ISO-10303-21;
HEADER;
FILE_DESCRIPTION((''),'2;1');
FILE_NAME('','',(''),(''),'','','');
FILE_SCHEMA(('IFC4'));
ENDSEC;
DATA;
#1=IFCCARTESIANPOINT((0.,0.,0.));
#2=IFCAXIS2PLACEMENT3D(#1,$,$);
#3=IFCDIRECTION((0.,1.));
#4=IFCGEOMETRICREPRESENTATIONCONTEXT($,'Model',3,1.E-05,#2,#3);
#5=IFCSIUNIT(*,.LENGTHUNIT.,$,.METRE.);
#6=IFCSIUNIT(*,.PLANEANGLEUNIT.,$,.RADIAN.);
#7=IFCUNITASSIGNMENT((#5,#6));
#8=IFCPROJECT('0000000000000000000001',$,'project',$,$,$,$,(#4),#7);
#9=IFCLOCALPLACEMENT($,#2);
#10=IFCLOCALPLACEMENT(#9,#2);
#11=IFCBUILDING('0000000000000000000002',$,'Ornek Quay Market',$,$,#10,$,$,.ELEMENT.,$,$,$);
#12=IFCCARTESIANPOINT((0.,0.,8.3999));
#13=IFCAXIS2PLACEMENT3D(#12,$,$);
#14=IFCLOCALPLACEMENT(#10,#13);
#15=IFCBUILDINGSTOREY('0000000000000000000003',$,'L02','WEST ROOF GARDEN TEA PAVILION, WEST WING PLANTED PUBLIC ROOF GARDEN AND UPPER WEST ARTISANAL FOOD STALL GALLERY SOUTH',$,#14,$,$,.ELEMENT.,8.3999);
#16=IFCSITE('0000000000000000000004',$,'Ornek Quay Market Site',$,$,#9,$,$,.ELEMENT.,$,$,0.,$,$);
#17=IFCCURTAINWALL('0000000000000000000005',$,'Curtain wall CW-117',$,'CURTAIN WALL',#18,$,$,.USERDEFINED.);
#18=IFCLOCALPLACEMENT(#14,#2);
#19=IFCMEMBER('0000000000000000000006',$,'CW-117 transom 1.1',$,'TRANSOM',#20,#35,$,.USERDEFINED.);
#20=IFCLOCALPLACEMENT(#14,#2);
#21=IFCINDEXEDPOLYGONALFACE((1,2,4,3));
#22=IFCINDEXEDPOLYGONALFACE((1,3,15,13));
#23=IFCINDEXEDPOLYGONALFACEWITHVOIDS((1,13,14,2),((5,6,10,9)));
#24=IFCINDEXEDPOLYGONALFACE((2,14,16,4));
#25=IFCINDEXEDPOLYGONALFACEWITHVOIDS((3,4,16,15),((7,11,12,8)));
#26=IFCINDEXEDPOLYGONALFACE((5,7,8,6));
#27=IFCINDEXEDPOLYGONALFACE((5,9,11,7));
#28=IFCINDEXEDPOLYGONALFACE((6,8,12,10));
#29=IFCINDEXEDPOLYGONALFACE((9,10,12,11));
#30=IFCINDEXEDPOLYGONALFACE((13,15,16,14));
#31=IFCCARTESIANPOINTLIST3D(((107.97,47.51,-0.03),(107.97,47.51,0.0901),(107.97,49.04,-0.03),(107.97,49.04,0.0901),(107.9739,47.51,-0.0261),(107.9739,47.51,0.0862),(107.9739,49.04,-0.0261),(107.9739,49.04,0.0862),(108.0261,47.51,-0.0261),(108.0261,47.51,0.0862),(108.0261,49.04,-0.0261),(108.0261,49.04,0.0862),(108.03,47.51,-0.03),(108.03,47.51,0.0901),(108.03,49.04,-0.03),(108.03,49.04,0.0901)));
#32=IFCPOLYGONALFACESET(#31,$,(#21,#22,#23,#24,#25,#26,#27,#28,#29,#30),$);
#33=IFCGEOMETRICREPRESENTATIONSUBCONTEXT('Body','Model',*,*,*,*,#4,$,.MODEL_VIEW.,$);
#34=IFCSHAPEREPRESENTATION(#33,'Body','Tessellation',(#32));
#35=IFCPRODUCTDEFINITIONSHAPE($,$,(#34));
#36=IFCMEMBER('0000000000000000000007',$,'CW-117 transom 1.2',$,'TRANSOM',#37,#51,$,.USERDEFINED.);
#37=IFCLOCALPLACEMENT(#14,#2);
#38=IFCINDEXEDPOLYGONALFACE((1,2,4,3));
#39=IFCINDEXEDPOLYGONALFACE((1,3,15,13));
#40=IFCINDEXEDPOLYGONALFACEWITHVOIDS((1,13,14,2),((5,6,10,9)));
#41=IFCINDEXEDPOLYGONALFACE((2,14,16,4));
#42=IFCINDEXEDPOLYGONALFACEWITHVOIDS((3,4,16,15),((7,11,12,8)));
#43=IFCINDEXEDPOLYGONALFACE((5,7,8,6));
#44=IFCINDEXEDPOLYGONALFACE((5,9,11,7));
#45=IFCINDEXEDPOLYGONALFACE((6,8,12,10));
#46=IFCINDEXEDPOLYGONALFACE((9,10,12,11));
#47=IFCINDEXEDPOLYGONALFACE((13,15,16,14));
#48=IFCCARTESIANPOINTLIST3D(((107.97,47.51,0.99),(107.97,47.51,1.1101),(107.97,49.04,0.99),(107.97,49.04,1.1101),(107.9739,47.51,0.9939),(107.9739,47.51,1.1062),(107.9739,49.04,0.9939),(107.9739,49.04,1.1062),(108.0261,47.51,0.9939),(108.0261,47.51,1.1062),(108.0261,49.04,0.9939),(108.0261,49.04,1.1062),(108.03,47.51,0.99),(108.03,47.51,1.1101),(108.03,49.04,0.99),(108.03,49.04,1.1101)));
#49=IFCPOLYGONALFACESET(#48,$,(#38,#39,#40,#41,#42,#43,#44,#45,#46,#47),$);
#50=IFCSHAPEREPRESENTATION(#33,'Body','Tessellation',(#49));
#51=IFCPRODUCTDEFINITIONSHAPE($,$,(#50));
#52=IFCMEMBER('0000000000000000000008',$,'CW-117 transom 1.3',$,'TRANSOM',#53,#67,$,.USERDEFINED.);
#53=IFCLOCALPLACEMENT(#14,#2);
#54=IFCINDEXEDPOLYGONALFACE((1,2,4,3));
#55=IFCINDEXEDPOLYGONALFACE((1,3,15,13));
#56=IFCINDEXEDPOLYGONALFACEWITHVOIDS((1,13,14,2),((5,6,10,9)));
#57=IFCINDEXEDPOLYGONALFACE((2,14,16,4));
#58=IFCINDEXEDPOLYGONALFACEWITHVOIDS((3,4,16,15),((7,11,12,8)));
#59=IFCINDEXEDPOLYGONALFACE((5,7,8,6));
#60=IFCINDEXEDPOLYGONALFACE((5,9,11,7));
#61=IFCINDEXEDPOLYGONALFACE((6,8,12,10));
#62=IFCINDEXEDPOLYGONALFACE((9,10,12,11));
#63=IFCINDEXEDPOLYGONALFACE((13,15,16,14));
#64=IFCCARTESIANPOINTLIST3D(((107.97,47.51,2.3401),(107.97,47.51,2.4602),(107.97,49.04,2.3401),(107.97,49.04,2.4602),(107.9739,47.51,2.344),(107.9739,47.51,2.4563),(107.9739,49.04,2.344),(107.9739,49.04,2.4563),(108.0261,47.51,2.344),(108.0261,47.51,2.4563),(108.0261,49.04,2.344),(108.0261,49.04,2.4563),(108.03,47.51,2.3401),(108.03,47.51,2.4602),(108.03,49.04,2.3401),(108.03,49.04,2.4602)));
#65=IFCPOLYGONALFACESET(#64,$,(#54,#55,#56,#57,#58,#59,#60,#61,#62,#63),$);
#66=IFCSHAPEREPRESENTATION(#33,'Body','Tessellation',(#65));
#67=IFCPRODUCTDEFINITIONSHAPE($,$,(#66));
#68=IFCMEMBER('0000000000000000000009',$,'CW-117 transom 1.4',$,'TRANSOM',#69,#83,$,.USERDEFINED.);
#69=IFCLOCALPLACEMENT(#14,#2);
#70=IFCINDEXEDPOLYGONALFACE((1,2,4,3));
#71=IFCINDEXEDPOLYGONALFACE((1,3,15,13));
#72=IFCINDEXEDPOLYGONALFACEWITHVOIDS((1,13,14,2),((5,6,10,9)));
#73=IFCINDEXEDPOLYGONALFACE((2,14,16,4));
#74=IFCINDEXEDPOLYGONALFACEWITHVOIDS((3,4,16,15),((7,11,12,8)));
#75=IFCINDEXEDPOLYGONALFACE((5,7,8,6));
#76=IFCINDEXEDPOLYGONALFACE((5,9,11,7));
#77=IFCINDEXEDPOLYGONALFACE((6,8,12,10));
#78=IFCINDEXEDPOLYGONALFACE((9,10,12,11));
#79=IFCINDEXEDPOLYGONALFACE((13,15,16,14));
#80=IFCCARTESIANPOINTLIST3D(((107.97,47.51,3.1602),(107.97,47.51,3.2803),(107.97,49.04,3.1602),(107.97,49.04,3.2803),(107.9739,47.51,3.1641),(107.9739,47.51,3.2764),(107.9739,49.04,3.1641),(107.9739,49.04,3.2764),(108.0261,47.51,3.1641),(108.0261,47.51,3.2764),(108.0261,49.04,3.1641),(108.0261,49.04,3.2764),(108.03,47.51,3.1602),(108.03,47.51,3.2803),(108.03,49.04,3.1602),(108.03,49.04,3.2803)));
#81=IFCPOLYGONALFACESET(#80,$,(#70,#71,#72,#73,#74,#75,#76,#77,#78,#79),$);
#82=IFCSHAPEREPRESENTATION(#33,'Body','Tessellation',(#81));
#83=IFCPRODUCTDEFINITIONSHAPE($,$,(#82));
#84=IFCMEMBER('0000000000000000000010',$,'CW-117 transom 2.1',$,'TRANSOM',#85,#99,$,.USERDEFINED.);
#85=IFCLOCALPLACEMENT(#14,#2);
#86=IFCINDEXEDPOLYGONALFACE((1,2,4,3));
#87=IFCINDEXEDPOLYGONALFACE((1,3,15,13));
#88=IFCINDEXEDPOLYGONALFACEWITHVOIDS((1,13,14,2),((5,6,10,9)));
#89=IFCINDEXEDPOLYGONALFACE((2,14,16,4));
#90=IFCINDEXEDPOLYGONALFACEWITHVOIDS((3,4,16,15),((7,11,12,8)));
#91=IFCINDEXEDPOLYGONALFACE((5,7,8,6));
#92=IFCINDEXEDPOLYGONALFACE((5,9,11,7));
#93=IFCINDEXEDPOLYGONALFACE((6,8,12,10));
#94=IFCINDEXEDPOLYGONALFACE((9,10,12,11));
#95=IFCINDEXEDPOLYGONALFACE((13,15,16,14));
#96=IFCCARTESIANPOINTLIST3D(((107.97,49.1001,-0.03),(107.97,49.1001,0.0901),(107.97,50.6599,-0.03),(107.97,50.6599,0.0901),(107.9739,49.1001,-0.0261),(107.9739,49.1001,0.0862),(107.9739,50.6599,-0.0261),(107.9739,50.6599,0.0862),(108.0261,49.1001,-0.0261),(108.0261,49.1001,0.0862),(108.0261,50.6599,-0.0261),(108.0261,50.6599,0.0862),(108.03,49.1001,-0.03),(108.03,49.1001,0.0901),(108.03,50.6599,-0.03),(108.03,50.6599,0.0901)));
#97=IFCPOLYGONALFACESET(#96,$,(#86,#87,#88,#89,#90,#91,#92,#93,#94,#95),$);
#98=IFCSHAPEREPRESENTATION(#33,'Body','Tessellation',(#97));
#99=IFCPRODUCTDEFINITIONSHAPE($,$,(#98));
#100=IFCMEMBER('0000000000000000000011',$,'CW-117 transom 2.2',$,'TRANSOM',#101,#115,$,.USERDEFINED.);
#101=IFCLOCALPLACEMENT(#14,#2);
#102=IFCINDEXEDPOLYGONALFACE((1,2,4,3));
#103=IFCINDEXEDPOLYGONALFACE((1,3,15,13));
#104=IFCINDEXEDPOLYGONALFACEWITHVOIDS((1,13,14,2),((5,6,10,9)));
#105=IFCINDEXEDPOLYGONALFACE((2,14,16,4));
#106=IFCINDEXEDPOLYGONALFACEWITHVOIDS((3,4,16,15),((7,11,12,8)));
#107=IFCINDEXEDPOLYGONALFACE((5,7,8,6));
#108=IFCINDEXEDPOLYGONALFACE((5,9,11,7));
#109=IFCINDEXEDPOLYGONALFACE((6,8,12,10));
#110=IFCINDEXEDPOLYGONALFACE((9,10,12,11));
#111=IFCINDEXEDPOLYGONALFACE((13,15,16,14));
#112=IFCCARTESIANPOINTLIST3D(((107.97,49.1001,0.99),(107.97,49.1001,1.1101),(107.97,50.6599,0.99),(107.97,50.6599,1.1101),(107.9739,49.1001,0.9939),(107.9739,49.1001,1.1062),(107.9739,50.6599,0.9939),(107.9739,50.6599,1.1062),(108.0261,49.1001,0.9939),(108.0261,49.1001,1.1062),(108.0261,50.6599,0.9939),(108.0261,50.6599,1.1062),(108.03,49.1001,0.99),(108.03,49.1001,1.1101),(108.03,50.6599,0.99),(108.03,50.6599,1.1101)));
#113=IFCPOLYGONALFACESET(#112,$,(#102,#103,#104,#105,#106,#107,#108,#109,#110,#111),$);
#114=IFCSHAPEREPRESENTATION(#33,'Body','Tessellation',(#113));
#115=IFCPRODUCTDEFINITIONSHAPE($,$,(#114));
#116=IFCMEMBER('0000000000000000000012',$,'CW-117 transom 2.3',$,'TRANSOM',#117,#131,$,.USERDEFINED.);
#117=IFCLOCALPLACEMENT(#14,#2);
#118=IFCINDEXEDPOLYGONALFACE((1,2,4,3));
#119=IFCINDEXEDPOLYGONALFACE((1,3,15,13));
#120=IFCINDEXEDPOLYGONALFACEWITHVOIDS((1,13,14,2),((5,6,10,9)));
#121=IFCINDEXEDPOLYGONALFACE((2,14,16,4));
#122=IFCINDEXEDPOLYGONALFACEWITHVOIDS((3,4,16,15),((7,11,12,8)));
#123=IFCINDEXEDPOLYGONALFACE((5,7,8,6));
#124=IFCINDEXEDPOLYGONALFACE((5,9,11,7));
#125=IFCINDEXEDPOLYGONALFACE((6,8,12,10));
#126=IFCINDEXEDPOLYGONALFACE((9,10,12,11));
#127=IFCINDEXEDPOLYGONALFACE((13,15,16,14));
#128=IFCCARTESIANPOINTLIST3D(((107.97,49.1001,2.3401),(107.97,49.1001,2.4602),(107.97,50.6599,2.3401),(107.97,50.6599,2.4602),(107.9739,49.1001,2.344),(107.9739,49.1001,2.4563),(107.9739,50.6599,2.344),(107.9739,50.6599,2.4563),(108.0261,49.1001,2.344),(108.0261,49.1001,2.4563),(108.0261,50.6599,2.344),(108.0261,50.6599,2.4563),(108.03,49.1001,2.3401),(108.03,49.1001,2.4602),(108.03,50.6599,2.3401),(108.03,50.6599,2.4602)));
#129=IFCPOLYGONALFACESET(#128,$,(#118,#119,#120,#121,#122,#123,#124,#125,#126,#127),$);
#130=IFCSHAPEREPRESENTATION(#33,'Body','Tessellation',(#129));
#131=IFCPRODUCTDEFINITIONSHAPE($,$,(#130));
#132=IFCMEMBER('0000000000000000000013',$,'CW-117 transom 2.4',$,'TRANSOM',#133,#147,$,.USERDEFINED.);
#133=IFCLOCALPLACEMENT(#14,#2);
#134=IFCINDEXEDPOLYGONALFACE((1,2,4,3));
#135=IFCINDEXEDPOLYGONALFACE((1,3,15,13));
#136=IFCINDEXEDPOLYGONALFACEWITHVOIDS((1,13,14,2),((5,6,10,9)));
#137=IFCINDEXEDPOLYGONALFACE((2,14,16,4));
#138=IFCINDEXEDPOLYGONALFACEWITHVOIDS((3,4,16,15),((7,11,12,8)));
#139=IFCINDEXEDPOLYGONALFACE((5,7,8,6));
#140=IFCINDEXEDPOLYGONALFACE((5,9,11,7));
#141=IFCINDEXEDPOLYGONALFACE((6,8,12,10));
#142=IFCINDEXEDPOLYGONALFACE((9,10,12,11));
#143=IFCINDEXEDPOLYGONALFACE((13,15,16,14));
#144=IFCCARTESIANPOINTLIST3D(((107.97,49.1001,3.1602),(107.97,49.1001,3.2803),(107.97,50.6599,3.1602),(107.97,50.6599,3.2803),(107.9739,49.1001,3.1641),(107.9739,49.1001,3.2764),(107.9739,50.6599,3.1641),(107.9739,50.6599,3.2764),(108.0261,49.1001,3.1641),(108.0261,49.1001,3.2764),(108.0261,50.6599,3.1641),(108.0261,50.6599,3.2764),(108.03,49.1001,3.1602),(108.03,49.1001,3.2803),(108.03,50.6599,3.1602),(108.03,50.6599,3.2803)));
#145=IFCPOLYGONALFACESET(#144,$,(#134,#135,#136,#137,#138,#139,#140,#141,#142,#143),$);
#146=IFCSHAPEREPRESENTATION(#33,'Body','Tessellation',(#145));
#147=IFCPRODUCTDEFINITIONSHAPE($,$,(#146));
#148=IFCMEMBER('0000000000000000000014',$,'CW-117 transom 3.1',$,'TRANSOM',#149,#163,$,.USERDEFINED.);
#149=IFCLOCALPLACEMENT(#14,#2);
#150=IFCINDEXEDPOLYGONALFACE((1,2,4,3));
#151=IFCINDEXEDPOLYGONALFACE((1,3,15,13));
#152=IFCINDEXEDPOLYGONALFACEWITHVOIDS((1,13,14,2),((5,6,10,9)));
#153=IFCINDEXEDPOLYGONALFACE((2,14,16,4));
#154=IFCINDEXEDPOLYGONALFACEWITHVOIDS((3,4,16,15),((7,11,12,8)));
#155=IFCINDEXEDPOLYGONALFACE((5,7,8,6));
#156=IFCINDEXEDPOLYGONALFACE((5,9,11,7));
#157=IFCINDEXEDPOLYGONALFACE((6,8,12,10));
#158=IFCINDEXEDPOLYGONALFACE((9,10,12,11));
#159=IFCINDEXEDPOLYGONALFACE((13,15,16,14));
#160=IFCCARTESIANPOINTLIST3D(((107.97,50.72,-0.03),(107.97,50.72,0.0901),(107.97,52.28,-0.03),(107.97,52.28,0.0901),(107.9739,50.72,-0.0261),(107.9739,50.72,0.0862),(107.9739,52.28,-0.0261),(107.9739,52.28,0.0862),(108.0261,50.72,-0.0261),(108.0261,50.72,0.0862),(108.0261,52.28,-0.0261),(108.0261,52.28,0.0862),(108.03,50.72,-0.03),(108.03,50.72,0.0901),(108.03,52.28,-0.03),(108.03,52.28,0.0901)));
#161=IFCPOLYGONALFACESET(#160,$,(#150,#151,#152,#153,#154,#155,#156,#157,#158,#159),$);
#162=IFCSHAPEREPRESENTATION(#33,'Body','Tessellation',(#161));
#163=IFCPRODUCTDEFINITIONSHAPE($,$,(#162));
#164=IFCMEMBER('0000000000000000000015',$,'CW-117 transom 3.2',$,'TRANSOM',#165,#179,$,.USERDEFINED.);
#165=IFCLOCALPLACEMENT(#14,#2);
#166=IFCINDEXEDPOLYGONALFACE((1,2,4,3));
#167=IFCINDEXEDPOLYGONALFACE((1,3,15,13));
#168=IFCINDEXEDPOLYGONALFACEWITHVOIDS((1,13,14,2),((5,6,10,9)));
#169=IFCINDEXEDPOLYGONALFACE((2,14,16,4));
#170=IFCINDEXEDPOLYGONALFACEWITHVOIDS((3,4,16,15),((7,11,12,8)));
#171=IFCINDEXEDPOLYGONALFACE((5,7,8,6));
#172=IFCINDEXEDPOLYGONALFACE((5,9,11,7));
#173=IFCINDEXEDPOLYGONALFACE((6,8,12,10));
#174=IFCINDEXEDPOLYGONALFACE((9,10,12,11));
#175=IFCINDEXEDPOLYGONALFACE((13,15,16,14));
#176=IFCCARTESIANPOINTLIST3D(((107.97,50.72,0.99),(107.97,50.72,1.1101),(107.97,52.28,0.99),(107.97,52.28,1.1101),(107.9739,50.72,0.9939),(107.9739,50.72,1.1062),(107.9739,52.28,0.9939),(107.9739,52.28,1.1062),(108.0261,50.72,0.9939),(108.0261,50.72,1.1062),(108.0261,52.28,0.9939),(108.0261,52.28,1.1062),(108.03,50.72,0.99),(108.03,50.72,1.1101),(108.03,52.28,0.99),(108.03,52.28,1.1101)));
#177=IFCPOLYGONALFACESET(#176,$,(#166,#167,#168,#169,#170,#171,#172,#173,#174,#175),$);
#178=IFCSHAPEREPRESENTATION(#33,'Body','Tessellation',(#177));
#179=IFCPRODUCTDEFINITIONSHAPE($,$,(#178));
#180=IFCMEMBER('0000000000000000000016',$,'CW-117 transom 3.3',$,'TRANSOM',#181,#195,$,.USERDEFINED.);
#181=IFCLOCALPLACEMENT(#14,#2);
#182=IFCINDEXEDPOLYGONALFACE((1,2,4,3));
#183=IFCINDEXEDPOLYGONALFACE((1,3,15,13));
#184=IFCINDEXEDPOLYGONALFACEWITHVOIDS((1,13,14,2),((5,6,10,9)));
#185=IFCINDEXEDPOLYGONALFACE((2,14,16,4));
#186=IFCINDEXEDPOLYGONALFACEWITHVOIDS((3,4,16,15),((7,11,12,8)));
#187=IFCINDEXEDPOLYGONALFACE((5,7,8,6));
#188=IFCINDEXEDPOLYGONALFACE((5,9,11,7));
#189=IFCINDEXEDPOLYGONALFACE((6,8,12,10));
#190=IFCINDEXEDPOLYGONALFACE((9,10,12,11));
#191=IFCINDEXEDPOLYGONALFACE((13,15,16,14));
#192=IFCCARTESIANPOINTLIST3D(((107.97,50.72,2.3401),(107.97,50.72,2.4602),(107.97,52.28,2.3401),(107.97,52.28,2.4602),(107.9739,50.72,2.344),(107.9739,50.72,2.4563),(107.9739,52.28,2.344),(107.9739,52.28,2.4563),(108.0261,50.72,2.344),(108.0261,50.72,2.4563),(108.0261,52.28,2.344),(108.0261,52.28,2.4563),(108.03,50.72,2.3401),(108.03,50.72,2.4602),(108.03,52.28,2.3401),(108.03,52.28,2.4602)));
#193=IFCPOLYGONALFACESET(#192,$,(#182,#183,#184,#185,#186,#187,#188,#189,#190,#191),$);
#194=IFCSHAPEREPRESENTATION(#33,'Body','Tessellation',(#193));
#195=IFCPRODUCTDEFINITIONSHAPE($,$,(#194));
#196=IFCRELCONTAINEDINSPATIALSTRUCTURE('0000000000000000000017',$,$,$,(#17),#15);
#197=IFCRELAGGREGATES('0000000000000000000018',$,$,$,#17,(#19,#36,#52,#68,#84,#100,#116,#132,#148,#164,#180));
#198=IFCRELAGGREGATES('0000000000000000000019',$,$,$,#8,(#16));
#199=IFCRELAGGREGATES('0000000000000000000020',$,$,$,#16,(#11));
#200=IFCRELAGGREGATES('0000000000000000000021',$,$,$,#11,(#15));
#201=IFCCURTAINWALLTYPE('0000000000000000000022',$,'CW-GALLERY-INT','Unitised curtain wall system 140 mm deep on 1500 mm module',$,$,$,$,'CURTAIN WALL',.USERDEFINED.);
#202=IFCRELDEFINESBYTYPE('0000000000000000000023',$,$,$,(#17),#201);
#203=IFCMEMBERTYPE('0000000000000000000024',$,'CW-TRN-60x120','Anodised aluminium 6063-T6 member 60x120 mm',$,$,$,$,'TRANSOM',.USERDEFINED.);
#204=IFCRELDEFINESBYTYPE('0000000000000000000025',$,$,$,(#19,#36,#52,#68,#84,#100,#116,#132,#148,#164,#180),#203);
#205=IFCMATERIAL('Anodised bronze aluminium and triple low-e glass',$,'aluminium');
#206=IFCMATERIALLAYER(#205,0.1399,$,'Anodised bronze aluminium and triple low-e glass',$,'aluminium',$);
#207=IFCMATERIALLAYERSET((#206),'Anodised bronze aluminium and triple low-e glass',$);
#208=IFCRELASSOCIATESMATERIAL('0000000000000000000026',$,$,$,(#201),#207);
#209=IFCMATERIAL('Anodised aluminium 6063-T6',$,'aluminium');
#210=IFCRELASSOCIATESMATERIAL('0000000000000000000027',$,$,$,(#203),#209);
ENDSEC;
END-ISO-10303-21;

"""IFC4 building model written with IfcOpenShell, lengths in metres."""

from ifc_helpers import new_model, si_unit, direction, frame, origin, origin_2d, place, context, subcontext, project, spatial, hollow_rectangle, extrude, material, layer, layer_set, material_profile, profile_set, type_object, element, aggregate, save


model = new_model("IFC4")

# Units and contexts
model_context = context("Model", 3, precision=1e-05, world=origin(), true_north=direction((0.0, 1.0)))
body_context = subcontext(model_context, "Body", "Model", "MODEL_VIEW")
ifc_project = project(units=[si_unit("LENGTHUNIT", "METRE"), si_unit("PLANEANGLEUNIT", "RADIAN")], contexts=[model_context])

# Site, building, storey
site_placement = place(None, origin())
site = spatial("IfcSite", under=ifc_project, at=site_placement, Name="Ornek Quay Market Site", CompositionType="ELEMENT", RefElevation=0.0)
building_placement = place(site_placement, origin())
building = spatial("IfcBuilding", under=site, at=building_placement, Name="Ornek Quay Market", CompositionType="ELEMENT")
storey_placement = place(building_placement, frame((0.0, 0.0, 8.3999)))
storey = spatial("IfcBuildingStorey", under=building, at=storey_placement, Name="L02", Description="WEST ROOF GARDEN TEA PAVILION, WEST WING PLANTED PUBLIC ROOF GARDEN AND UPPER WEST ARTISANAL FOOD STALL GALLERY SOUTH", CompositionType="ELEMENT", Elevation=8.3999)

# Curtain wall
ifc_material_1 = material(Name="Anodised bronze aluminium and triple low-e glass", Category="aluminium")
ifc_layer_1 = layer(ifc_material_1, 0.1399, Name="Anodised bronze aluminium and triple low-e glass", Category="aluminium")
ifc_layer_set_1 = layer_set([ifc_layer_1], Name="Anodised bronze aluminium and triple low-e glass")
curtain_wall_type = type_object("IfcCurtainWallType", Name="CW-GALLERY-INT", Description="Unitised curtain wall system 140 mm deep on 1500 mm module", ElementType="CURTAIN WALL", PredefinedType="USERDEFINED", material=ifc_layer_set_1)
ifc_material_2 = material(Name="Anodised aluminium 6063-T6", Category="aluminium")
curtain_wall_1_placement = place(storey_placement, origin())
curtain_wall_1 = element("IfcCurtainWall", 1, at=curtain_wall_1_placement, inside=storey, type_object=curtain_wall_type, Name="Curtain wall CW-117", ObjectType="CURTAIN WALL", PredefinedType="USERDEFINED")

# Members
ifc_material_profile_1 = material_profile(ifc_material_2, hollow_rectangle(XDim=0.0601, YDim=0.1201, WallThickness=0.0039, at=origin_2d()), Name="CW-TRN-60x120", Category="aluminium")
ifc_profile_set_1 = profile_set([ifc_material_profile_1], Name="Anodised aluminium 6063-T6")
member_type_1 = type_object("IfcMemberType", Name="CW-TRN-60x120", Description="Anodised aluminium 6063-T6 member 60x120 mm", ElementType="TRANSOM", PredefinedType="USERDEFINED", material=ifc_profile_set_1)
member_1_placement = place(storey_placement, frame((108.0, 47.51, 0.03), z_axis=(0.0, 1.0, 0.0), x_axis=(-1.0, 0.0, 0.0)))
member_1 = element("IfcMember", 2, at=member_1_placement, type_object=member_type_1, Name="CW-117 transom 1.1", ObjectType="TRANSOM", PredefinedType="USERDEFINED", context=body_context, shape_type="SweptSolid", body=[
    extrude(hollow_rectangle(XDim=0.0601, YDim=0.1201, WallThickness=0.0039, at=origin_2d()), origin(), (0.0, 0.0, 1.0), 1.53),
])
member_2_placement = place(storey_placement, frame((108.0, 47.51, 1.05), z_axis=(0.0, 1.0, 0.0), x_axis=(-1.0, 0.0, 0.0)))
member_2 = element("IfcMember", 3, at=member_2_placement, type_object=member_type_1, Name="CW-117 transom 1.2", ObjectType="TRANSOM", PredefinedType="USERDEFINED", context=body_context, shape_type="SweptSolid", body=[
    extrude(hollow_rectangle(XDim=0.0601, YDim=0.1201, WallThickness=0.0039, at=origin_2d()), origin(), (0.0, 0.0, 1.0), 1.53),
])
member_3_placement = place(storey_placement, frame((108.0, 47.51, 2.4001), z_axis=(0.0, 1.0, 0.0), x_axis=(-1.0, 0.0, 0.0)))
member_3 = element("IfcMember", 4, at=member_3_placement, type_object=member_type_1, Name="CW-117 transom 1.3", ObjectType="TRANSOM", PredefinedType="USERDEFINED", context=body_context, shape_type="SweptSolid", body=[
    extrude(hollow_rectangle(XDim=0.0601, YDim=0.1201, WallThickness=0.0039, at=origin_2d()), origin(), (0.0, 0.0, 1.0), 1.53),
])
member_4_placement = place(storey_placement, frame((108.0, 47.51, 3.2202), z_axis=(0.0, 1.0, 0.0), x_axis=(-1.0, 0.0, 0.0)))
member_4 = element("IfcMember", 5, at=member_4_placement, type_object=member_type_1, Name="CW-117 transom 1.4", ObjectType="TRANSOM", PredefinedType="USERDEFINED", context=body_context, shape_type="SweptSolid", body=[
    extrude(hollow_rectangle(XDim=0.0601, YDim=0.1201, WallThickness=0.0039, at=origin_2d()), origin(), (0.0, 0.0, 1.0), 1.53),
])
member_5_placement = place(storey_placement, frame((108.0, 49.1001, 0.03), z_axis=(0.0, 1.0, 0.0), x_axis=(-1.0, 0.0, 0.0)))
member_5 = element("IfcMember", 6, at=member_5_placement, type_object=member_type_1, Name="CW-117 transom 2.1", ObjectType="TRANSOM", PredefinedType="USERDEFINED", context=body_context, shape_type="SweptSolid", body=[
    extrude(hollow_rectangle(XDim=0.0601, YDim=0.1201, WallThickness=0.0039, at=origin_2d()), origin(), (0.0, 0.0, 1.0), 1.5598),
])
member_6_placement = place(storey_placement, frame((108.0, 49.1001, 1.05), z_axis=(0.0, 1.0, 0.0), x_axis=(-1.0, 0.0, 0.0)))
member_6 = element("IfcMember", 7, at=member_6_placement, type_object=member_type_1, Name="CW-117 transom 2.2", ObjectType="TRANSOM", PredefinedType="USERDEFINED", context=body_context, shape_type="SweptSolid", body=[
    extrude(hollow_rectangle(XDim=0.0601, YDim=0.1201, WallThickness=0.0039, at=origin_2d()), origin(), (0.0, 0.0, 1.0), 1.5598),
])
member_7_placement = place(storey_placement, frame((108.0, 49.1001, 2.4001), z_axis=(0.0, 1.0, 0.0), x_axis=(-1.0, 0.0, 0.0)))
member_7 = element("IfcMember", 8, at=member_7_placement, type_object=member_type_1, Name="CW-117 transom 2.3", ObjectType="TRANSOM", PredefinedType="USERDEFINED", context=body_context, shape_type="SweptSolid", body=[
    extrude(hollow_rectangle(XDim=0.0601, YDim=0.1201, WallThickness=0.0039, at=origin_2d()), origin(), (0.0, 0.0, 1.0), 1.5598),
])
member_8_placement = place(storey_placement, frame((108.0, 49.1001, 3.2202), z_axis=(0.0, 1.0, 0.0), x_axis=(-1.0, 0.0, 0.0)))
member_8 = element("IfcMember", 9, at=member_8_placement, type_object=member_type_1, Name="CW-117 transom 2.4", ObjectType="TRANSOM", PredefinedType="USERDEFINED", context=body_context, shape_type="SweptSolid", body=[
    extrude(hollow_rectangle(XDim=0.0601, YDim=0.1201, WallThickness=0.0039, at=origin_2d()), origin(), (0.0, 0.0, 1.0), 1.5598),
])
member_9_placement = place(storey_placement, frame((108.0, 50.72, 0.03), z_axis=(0.0, 1.0, 0.0), x_axis=(-1.0, 0.0, 0.0)))
member_9 = element("IfcMember", 10, at=member_9_placement, type_object=member_type_1, Name="CW-117 transom 3.1", ObjectType="TRANSOM", PredefinedType="USERDEFINED", context=body_context, shape_type="SweptSolid", body=[
    extrude(hollow_rectangle(XDim=0.0601, YDim=0.1201, WallThickness=0.0039, at=origin_2d()), origin(), (0.0, 0.0, 1.0), 1.5601),
])
member_10_placement = place(storey_placement, frame((108.0, 50.72, 1.05), z_axis=(0.0, 1.0, 0.0), x_axis=(-1.0, 0.0, 0.0)))
member_10 = element("IfcMember", 11, at=member_10_placement, type_object=member_type_1, Name="CW-117 transom 3.2", ObjectType="TRANSOM", PredefinedType="USERDEFINED", context=body_context, shape_type="SweptSolid", body=[
    extrude(hollow_rectangle(XDim=0.0601, YDim=0.1201, WallThickness=0.0039, at=origin_2d()), origin(), (0.0, 0.0, 1.0), 1.5601),
])
member_11_placement = place(storey_placement, frame((108.0, 50.72, 2.4001), z_axis=(0.0, 1.0, 0.0), x_axis=(-1.0, 0.0, 0.0)))
member_11 = element("IfcMember", 12, at=member_11_placement, type_object=member_type_1, Name="CW-117 transom 3.3", ObjectType="TRANSOM", PredefinedType="USERDEFINED", context=body_context, shape_type="SweptSolid", body=[
    extrude(hollow_rectangle(XDim=0.0601, YDim=0.1201, WallThickness=0.0039, at=origin_2d()), origin(), (0.0, 0.0, 1.0), 1.5601),
])

aggregate(curtain_wall_1, [member_1, member_2, member_3, member_4, member_5, member_6, member_7, member_8, member_9, member_10, member_11])

save(model, "model.ifc")
